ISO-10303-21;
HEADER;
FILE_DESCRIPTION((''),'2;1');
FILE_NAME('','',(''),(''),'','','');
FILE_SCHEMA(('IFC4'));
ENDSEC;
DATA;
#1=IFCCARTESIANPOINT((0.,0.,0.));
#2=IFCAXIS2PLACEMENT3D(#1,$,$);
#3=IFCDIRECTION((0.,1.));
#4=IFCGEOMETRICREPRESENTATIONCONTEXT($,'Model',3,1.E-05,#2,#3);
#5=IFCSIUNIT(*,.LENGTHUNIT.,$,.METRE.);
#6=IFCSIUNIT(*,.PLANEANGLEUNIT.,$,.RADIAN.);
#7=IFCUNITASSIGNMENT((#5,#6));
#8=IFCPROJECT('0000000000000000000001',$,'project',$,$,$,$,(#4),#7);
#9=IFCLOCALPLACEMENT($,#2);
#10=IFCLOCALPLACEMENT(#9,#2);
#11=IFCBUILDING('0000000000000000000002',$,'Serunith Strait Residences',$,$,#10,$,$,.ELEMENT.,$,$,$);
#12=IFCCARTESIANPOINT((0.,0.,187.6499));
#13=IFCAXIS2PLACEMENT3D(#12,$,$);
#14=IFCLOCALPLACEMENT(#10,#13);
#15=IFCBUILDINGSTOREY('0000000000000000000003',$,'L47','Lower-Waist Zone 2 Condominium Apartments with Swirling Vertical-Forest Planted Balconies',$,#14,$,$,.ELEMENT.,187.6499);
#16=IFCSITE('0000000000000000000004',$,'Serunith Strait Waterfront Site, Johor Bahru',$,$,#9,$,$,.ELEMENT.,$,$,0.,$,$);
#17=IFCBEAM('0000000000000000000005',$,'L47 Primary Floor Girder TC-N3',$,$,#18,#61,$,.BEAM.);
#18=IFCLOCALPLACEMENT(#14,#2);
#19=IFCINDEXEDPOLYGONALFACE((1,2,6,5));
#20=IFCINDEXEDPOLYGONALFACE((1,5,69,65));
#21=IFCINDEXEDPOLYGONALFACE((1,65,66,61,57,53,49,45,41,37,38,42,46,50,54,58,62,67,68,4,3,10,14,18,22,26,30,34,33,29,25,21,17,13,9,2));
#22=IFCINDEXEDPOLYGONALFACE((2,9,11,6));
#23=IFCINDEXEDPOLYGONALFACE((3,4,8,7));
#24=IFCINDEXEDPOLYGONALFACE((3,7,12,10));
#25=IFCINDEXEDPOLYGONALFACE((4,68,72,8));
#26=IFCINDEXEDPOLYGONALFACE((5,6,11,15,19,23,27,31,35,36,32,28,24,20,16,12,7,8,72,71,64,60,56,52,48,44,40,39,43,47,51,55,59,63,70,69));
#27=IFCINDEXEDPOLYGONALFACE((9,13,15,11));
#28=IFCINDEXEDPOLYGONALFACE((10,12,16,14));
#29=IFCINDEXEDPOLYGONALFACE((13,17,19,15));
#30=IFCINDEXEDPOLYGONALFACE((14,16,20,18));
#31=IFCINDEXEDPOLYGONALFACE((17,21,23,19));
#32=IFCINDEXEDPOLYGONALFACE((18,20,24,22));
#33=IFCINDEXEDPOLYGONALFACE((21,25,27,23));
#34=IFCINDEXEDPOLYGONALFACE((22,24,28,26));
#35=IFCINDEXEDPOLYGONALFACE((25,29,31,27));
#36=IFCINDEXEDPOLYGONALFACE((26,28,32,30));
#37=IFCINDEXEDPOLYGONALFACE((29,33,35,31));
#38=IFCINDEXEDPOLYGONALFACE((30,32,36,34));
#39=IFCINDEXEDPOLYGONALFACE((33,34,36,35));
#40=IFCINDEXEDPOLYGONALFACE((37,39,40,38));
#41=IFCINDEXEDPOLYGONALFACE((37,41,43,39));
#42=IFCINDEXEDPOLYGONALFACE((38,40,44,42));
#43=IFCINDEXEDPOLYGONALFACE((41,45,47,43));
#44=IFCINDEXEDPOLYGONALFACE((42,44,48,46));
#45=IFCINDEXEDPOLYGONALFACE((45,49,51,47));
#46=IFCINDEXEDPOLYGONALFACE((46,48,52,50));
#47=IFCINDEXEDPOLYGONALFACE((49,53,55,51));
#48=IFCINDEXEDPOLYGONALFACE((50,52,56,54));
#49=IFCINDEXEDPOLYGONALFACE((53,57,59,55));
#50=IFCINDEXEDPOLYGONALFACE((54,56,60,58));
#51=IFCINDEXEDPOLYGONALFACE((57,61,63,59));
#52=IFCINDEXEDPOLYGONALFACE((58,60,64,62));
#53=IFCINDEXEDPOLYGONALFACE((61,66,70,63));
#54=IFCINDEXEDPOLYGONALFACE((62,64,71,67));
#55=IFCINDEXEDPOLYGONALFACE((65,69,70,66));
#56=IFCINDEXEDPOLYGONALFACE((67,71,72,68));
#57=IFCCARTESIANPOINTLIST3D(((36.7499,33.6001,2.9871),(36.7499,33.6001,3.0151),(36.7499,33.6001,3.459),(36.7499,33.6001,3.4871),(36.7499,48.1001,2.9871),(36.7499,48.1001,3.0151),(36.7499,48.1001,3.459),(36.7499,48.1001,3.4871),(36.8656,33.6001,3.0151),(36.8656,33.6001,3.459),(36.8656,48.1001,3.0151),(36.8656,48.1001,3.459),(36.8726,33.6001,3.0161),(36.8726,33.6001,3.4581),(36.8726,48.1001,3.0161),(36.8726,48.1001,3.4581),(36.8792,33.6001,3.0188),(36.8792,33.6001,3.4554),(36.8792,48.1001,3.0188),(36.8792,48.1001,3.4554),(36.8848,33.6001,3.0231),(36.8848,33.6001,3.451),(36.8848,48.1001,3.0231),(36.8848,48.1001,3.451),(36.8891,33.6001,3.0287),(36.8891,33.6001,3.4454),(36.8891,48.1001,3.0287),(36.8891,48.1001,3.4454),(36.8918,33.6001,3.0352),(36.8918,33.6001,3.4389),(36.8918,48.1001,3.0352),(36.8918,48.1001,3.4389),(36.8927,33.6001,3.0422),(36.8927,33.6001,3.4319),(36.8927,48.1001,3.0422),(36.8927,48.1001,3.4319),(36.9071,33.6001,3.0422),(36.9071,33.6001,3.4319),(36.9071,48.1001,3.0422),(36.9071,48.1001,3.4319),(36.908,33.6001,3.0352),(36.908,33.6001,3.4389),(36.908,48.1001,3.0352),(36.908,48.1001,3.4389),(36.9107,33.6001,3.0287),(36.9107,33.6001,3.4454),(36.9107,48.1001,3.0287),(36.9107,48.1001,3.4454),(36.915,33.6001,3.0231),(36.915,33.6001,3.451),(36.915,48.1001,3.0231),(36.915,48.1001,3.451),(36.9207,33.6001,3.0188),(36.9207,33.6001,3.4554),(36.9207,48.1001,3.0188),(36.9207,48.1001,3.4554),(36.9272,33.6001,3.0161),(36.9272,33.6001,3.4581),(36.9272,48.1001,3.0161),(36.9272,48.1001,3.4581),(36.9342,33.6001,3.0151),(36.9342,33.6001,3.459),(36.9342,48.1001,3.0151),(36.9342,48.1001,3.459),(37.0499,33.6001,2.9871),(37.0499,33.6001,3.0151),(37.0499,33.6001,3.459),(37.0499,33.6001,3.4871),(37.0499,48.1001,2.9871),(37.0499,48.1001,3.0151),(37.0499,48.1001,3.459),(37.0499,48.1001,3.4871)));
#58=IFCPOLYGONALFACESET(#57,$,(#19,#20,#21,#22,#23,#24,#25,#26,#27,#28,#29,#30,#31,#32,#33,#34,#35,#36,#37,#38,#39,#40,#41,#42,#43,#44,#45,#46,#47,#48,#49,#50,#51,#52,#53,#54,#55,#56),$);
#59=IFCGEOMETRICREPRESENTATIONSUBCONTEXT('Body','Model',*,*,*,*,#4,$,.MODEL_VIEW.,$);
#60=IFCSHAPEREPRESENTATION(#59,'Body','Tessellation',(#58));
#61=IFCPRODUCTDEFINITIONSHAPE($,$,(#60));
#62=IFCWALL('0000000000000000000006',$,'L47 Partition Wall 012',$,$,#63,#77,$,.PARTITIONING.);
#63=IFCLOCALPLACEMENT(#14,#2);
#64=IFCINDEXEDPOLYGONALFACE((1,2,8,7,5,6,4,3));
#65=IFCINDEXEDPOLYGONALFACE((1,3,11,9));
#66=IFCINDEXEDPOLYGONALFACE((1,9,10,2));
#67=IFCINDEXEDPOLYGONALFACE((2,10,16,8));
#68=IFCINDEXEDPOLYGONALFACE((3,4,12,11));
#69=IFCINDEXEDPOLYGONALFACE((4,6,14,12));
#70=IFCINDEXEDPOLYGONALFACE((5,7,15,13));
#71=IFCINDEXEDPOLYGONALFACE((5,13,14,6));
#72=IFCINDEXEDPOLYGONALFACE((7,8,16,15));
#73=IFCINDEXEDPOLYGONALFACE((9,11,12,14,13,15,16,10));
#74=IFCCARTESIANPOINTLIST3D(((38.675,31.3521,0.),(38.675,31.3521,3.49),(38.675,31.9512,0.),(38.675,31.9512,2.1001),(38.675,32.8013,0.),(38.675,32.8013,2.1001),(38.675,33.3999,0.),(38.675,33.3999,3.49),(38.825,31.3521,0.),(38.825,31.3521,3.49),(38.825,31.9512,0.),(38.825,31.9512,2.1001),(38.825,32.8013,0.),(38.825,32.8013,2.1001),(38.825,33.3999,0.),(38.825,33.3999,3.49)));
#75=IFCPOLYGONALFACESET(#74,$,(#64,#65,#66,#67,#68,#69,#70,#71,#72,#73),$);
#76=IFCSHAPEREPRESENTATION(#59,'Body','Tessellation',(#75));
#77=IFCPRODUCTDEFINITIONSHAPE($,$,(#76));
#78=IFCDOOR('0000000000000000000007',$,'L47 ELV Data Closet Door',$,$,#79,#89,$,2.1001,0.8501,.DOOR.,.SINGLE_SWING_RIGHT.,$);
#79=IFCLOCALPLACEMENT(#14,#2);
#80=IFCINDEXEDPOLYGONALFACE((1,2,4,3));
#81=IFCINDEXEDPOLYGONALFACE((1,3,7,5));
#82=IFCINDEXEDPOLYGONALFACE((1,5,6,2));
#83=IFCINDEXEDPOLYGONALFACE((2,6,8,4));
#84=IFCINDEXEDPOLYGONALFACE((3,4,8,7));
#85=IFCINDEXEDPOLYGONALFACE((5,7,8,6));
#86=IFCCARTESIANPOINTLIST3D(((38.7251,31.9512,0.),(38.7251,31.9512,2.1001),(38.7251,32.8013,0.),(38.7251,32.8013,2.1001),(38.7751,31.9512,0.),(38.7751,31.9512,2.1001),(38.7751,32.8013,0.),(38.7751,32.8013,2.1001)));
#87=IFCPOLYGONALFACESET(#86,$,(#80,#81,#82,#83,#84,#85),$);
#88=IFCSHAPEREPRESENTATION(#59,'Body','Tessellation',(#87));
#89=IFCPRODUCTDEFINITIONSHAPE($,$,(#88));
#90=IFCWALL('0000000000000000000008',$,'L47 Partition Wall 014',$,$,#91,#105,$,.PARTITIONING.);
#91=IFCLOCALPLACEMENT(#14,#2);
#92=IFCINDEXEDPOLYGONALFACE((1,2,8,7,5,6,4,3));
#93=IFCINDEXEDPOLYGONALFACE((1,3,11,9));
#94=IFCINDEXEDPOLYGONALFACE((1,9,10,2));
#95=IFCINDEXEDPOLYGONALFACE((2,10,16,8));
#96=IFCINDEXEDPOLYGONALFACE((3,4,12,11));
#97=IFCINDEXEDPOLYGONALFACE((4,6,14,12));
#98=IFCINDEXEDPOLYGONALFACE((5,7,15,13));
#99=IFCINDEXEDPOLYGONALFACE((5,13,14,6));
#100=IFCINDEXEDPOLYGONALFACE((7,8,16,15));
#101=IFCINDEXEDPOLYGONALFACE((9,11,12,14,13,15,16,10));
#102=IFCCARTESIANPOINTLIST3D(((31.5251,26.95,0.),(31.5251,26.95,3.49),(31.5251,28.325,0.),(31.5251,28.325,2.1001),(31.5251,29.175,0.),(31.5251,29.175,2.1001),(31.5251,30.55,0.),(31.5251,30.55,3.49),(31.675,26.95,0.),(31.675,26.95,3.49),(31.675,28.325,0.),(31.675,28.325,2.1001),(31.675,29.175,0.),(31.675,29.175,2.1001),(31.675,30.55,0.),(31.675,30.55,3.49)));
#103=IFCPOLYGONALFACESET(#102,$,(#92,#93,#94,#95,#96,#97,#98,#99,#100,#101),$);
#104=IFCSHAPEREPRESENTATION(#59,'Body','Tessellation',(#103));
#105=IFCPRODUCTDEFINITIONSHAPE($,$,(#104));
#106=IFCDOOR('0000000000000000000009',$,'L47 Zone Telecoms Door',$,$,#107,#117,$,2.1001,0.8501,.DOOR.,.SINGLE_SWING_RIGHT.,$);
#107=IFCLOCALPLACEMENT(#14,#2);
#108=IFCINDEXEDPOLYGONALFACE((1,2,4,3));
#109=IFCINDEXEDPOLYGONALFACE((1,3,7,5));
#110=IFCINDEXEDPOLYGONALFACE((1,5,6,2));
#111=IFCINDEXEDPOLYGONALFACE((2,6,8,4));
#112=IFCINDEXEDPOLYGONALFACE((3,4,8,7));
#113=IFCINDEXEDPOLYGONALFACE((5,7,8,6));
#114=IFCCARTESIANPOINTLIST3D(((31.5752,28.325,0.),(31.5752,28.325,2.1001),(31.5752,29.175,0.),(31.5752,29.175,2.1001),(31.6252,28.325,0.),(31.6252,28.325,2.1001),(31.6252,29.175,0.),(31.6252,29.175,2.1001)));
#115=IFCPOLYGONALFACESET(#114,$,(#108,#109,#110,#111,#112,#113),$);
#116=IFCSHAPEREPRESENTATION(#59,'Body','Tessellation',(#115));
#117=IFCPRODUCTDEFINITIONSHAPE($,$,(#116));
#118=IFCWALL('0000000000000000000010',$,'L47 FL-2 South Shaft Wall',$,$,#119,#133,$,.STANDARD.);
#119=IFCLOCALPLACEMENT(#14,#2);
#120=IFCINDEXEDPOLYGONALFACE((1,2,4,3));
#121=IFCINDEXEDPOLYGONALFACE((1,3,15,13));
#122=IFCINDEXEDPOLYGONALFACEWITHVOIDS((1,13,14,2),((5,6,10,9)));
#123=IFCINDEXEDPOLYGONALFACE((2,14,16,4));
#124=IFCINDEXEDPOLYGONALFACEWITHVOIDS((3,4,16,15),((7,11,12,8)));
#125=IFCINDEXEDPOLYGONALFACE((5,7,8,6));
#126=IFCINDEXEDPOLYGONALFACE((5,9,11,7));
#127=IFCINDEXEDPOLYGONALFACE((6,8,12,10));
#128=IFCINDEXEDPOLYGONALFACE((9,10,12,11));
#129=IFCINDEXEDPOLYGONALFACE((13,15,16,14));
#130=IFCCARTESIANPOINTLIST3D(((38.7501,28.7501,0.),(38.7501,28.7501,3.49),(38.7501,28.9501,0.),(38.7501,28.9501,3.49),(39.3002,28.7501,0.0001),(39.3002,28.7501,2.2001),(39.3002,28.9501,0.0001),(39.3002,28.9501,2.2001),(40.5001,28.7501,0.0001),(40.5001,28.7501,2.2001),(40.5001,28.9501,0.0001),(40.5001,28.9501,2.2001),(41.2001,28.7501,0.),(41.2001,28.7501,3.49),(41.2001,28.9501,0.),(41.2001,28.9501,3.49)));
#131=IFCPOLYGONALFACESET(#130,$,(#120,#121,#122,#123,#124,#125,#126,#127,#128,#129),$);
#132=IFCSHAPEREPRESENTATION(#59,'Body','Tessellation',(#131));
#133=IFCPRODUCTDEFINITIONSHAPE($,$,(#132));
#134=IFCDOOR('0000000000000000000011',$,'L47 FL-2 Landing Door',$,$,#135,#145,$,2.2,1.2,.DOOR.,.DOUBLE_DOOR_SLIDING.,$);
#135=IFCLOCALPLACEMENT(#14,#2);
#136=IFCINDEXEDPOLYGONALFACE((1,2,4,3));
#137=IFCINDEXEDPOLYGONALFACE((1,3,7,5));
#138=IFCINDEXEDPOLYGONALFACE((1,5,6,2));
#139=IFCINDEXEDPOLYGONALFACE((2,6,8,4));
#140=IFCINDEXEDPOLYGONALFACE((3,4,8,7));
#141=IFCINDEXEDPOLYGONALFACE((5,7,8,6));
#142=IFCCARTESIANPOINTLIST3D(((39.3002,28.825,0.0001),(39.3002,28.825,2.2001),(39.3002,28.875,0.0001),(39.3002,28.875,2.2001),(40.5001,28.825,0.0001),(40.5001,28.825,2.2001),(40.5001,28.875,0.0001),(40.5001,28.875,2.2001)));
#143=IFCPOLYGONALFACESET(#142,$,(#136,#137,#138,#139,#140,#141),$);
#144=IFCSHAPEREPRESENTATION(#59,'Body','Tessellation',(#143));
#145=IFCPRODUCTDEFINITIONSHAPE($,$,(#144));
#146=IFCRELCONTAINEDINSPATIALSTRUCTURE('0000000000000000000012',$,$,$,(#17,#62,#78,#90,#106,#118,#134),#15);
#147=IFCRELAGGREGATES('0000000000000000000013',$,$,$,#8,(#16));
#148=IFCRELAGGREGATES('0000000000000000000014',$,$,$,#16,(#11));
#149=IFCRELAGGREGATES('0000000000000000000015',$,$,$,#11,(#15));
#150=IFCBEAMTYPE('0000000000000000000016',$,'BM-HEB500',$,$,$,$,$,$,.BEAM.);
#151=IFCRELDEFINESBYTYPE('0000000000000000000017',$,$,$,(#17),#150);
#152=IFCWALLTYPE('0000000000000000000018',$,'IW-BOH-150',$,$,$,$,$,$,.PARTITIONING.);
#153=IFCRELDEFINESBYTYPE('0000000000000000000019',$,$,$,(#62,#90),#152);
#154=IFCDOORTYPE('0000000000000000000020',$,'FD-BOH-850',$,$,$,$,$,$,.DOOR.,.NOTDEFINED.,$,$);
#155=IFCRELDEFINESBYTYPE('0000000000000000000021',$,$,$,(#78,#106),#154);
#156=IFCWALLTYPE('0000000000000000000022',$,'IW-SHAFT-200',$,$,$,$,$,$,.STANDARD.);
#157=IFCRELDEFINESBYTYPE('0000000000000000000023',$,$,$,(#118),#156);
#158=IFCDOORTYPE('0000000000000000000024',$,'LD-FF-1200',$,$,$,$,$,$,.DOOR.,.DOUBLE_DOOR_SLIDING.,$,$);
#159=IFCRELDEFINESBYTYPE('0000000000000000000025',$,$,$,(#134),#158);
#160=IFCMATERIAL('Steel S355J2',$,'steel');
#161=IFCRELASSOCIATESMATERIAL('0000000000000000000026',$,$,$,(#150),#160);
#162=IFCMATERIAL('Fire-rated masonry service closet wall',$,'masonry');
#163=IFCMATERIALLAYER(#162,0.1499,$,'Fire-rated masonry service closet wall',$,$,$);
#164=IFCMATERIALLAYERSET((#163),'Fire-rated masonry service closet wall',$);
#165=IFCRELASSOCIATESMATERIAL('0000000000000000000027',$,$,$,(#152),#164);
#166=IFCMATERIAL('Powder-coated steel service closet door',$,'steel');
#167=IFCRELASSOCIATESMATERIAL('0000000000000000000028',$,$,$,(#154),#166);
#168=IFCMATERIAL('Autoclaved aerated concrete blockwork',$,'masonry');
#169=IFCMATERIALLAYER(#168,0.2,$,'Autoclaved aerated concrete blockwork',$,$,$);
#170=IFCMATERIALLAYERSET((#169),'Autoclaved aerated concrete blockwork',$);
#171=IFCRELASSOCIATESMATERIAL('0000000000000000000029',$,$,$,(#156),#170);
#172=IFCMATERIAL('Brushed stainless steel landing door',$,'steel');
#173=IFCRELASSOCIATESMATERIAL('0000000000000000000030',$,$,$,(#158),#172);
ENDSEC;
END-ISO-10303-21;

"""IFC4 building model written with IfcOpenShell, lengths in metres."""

from ifc_helpers import new_model, si_unit, direction, frame, frame_2d, origin, origin_2d, place, context, subcontext, project, spatial, rectangle, i_section, extrude, source, transform, mapped, material, layer, layer_set, material_profile, profile_set, type_object, element, fill, save


model = new_model("IFC4")

# Units and contexts
model_context = context("Model", 3, precision=1e-05, world=origin(), true_north=direction((0.0, 1.0)))
body_context = subcontext(model_context, "Body", "Model", "MODEL_VIEW")
ifc_project = project(units=[si_unit("LENGTHUNIT", "METRE"), si_unit("PLANEANGLEUNIT", "RADIAN")], contexts=[model_context])

# Site, building, storey
site_placement = place(None, origin())
site = spatial("IfcSite", under=ifc_project, at=site_placement, Name="Serunith Strait Waterfront Site, Johor Bahru", CompositionType="ELEMENT", RefElevation=0.0)
building_placement = place(site_placement, origin())
building = spatial("IfcBuilding", under=site, at=building_placement, Name="Serunith Strait Residences", CompositionType="ELEMENT")
storey_placement = place(building_placement, frame((0.0, 0.0, 187.6499)))
storey = spatial("IfcBuildingStorey", under=building, at=storey_placement, Name="L47", Description="Lower-Waist Zone 2 Condominium Apartments with Swirling Vertical-Forest Planted Balconies", CompositionType="ELEMENT", Elevation=187.6499)

# Beam
ifc_material_1 = material(Name="Steel S355J2", Category="steel")
ifc_material_profile = material_profile(ifc_material_1, i_section(OverallWidth=0.3, OverallDepth=0.5, WebThickness=0.0144, FlangeThickness=0.0281, FilletRadius=0.0271, at=origin_2d()), Name="HEB 500")
ifc_profile_set = profile_set([ifc_material_profile], Name="Steel S355J2")
beam_type = type_object("IfcBeamType", Name="BM-HEB500", PredefinedType="BEAM", material=ifc_profile_set)
shared_shape_1 = source(origin(), body_context, "Body", "SweptSolid", [
    extrude(i_section(OverallWidth=0.3, OverallDepth=0.5, WebThickness=0.0144, FlangeThickness=0.0281, FilletRadius=0.0271, at=origin_2d()), origin(), (0.0, 0.0, 1.0), 14.5),
])
beam_placement = place(storey_placement, frame((36.8999, 33.6001, 3.2371), z_axis=(0.0, 1.0, 0.0), x_axis=(-1.0, 0.0, 0.0)))
element("IfcBeam", 1, at=beam_placement, inside=storey, type_object=beam_type, Name="L47 Primary Floor Girder TC-N3", PredefinedType="BEAM", context=body_context, shape_type="MappedRepresentation", body=[
    mapped(shared_shape_1, transform((0.0, 0.0, 0.0), scale=1.0)),
])

# Walls, openings, doors
ifc_material_2 = material(Name="Fire-rated masonry service closet wall", Category="masonry")
ifc_layer_1 = layer(ifc_material_2, 0.1499, Name="Fire-rated masonry service closet wall")
ifc_layer_set_1 = layer_set([ifc_layer_1], Name="Fire-rated masonry service closet wall")
wall_type_1 = type_object("IfcWallType", Name="IW-BOH-150", PredefinedType="PARTITIONING", material=ifc_layer_set_1)
wall_1_placement = place(storey_placement, frame((38.75, 31.3521, 0.0), z_axis=(0.0, 0.0, 1.0), x_axis=(0.0, 1.0, 0.0)))
wall_1 = element("IfcWall", 2, at=wall_1_placement, inside=storey, type_object=wall_type_1, Name="L47 Partition Wall 012", PredefinedType="PARTITIONING", context=body_context, shape_type="SweptSolid", body=[
    extrude(rectangle(XDim=2.0479, YDim=0.1499, at=frame_2d((1.0239, 0.0))), origin(), (0.0, 0.0, 1.0), 3.49),
])
opening_1_placement = place(wall_1_placement, frame((0.5991, 0.0, 0.0)))
opening_1 = element("IfcOpeningElement", 3, at=opening_1_placement, cuts=wall_1, PredefinedType="OPENING", context=body_context, shape_type="SweptSolid", body=[
    extrude(rectangle(XDim=0.8501, YDim=2.1001, at=frame_2d((0.425, 1.05))), frame((0.0, 0.085, 0.0), z_axis=(0.0, -1.0, 0.0), x_axis=(1.0, 0.0, 0.0)), (0.0, 0.0, 1.0), 0.1699),
])
ifc_material_3 = material(Name="Powder-coated steel service closet door", Category="steel")
door_type_1 = type_object("IfcDoorType", Name="FD-BOH-850", OperationType="NOTDEFINED", PredefinedType="DOOR", material=ifc_material_3)
shared_shape_2 = source(origin(), body_context, "Body", "SweptSolid", [
    extrude(rectangle(XDim=0.8501, YDim=2.1001, at=frame_2d((0.425, 1.05))), frame((0.0, 0.0249, 0.0), z_axis=(0.0, -1.0, 0.0), x_axis=(1.0, 0.0, 0.0)), (0.0, 0.0, 1.0), 0.05),
])
door_1_placement = place(opening_1_placement, origin())
door_1 = element("IfcDoor", 4, at=door_1_placement, inside=storey, type_object=door_type_1, Name="L47 ELV Data Closet Door", OperationType="SINGLE_SWING_RIGHT", OverallHeight=2.1001, OverallWidth=0.8501, PredefinedType="DOOR", context=body_context, shape_type="MappedRepresentation", body=[
    mapped(shared_shape_2, transform((0.0, 0.0, 0.0), scale=1.0)),
])
fill(opening_1, door_1)
wall_2_placement = place(storey_placement, frame((31.6001, 26.95, 0.0), z_axis=(0.0, 0.0, 1.0), x_axis=(0.0, 1.0, 0.0)))
wall_2 = element("IfcWall", 5, at=wall_2_placement, inside=storey, type_object=wall_type_1, Name="L47 Partition Wall 014", PredefinedType="PARTITIONING", context=body_context, shape_type="SweptSolid", body=[
    extrude(rectangle(XDim=3.6001, YDim=0.1499, at=frame_2d((1.8, 0.0))), origin(), (0.0, 0.0, 1.0), 3.49),
])
opening_2_placement = place(wall_2_placement, frame((1.375, 0.0, 0.0)))
opening_2 = element("IfcOpeningElement", 6, at=opening_2_placement, cuts=wall_2, PredefinedType="OPENING", context=body_context, shape_type="SweptSolid", body=[
    extrude(rectangle(XDim=0.8501, YDim=2.1001, at=frame_2d((0.425, 1.05))), frame((0.0, 0.085, 0.0), z_axis=(0.0, -1.0, 0.0), x_axis=(1.0, 0.0, 0.0)), (0.0, 0.0, 1.0), 0.1699),
])
door_2_placement = place(opening_2_placement, origin())
door_2 = element("IfcDoor", 7, at=door_2_placement, inside=storey, type_object=door_type_1, Name="L47 Zone Telecoms Door", OperationType="SINGLE_SWING_RIGHT", OverallHeight=2.1001, OverallWidth=0.8501, PredefinedType="DOOR", context=body_context, shape_type="MappedRepresentation", body=[
    mapped(shared_shape_2, transform((0.0, 0.0, 0.0), scale=1.0)),
])
fill(opening_2, door_2)
ifc_material_4 = material(Name="Autoclaved aerated concrete blockwork", Category="masonry")
ifc_layer_2 = layer(ifc_material_4, 0.2, Name="Autoclaved aerated concrete blockwork")
ifc_layer_set_2 = layer_set([ifc_layer_2], Name="Autoclaved aerated concrete blockwork")
wall_type_2 = type_object("IfcWallType", Name="IW-SHAFT-200", PredefinedType="STANDARD", material=ifc_layer_set_2)
wall_3_placement = place(storey_placement, frame((38.75, 28.8501, 0.0), z_axis=(0.0, 0.0, 1.0), x_axis=(1.0, 0.0, 0.0)))
wall_3 = element("IfcWall", 8, at=wall_3_placement, inside=storey, type_object=wall_type_2, Name="L47 FL-2 South Shaft Wall", PredefinedType="STANDARD", context=body_context, shape_type="SweptSolid", body=[
    extrude(rectangle(XDim=2.45, YDim=0.2, at=frame_2d((1.2251, 0.0))), origin(), (0.0, 0.0, 1.0), 3.49),
])
opening_3_placement = place(wall_3_placement, frame((0.55, 0.0, 0.0)))
opening_3 = element("IfcOpeningElement", 9, at=opening_3_placement, cuts=wall_3, PredefinedType="OPENING", context=body_context, shape_type="SweptSolid", body=[
    extrude(rectangle(XDim=1.2, YDim=2.2, at=frame_2d((0.6001, 1.1001))), frame((0.0, 0.1099, 0.0), z_axis=(0.0, -1.0, 0.0), x_axis=(1.0, 0.0, 0.0)), (0.0, 0.0, 1.0), 0.22),
])
ifc_material_5 = material(Name="Brushed stainless steel landing door", Category="steel")
door_type_2 = type_object("IfcDoorType", Name="LD-FF-1200", OperationType="DOUBLE_DOOR_SLIDING", PredefinedType="DOOR", material=ifc_material_5)
shared_shape_3 = source(origin(), body_context, "Body", "SweptSolid", [
    extrude(rectangle(XDim=1.2, YDim=2.2, at=frame_2d((0.6001, 1.1001))), frame((0.0, 0.0249, 0.0), z_axis=(0.0, -1.0, 0.0), x_axis=(1.0, 0.0, 0.0)), (0.0, 0.0, 1.0), 0.05),
])
door_3_placement = place(opening_3_placement, origin())
door_3 = element("IfcDoor", 10, at=door_3_placement, inside=storey, type_object=door_type_2, Name="L47 FL-2 Landing Door", OperationType="DOUBLE_DOOR_SLIDING", OverallHeight=2.2, OverallWidth=1.2, PredefinedType="DOOR", context=body_context, shape_type="MappedRepresentation", body=[
    mapped(shared_shape_3, transform((0.0, 0.0, 0.0), scale=1.0)),
])
fill(opening_3, door_3)

save(model, "model.ifc")
